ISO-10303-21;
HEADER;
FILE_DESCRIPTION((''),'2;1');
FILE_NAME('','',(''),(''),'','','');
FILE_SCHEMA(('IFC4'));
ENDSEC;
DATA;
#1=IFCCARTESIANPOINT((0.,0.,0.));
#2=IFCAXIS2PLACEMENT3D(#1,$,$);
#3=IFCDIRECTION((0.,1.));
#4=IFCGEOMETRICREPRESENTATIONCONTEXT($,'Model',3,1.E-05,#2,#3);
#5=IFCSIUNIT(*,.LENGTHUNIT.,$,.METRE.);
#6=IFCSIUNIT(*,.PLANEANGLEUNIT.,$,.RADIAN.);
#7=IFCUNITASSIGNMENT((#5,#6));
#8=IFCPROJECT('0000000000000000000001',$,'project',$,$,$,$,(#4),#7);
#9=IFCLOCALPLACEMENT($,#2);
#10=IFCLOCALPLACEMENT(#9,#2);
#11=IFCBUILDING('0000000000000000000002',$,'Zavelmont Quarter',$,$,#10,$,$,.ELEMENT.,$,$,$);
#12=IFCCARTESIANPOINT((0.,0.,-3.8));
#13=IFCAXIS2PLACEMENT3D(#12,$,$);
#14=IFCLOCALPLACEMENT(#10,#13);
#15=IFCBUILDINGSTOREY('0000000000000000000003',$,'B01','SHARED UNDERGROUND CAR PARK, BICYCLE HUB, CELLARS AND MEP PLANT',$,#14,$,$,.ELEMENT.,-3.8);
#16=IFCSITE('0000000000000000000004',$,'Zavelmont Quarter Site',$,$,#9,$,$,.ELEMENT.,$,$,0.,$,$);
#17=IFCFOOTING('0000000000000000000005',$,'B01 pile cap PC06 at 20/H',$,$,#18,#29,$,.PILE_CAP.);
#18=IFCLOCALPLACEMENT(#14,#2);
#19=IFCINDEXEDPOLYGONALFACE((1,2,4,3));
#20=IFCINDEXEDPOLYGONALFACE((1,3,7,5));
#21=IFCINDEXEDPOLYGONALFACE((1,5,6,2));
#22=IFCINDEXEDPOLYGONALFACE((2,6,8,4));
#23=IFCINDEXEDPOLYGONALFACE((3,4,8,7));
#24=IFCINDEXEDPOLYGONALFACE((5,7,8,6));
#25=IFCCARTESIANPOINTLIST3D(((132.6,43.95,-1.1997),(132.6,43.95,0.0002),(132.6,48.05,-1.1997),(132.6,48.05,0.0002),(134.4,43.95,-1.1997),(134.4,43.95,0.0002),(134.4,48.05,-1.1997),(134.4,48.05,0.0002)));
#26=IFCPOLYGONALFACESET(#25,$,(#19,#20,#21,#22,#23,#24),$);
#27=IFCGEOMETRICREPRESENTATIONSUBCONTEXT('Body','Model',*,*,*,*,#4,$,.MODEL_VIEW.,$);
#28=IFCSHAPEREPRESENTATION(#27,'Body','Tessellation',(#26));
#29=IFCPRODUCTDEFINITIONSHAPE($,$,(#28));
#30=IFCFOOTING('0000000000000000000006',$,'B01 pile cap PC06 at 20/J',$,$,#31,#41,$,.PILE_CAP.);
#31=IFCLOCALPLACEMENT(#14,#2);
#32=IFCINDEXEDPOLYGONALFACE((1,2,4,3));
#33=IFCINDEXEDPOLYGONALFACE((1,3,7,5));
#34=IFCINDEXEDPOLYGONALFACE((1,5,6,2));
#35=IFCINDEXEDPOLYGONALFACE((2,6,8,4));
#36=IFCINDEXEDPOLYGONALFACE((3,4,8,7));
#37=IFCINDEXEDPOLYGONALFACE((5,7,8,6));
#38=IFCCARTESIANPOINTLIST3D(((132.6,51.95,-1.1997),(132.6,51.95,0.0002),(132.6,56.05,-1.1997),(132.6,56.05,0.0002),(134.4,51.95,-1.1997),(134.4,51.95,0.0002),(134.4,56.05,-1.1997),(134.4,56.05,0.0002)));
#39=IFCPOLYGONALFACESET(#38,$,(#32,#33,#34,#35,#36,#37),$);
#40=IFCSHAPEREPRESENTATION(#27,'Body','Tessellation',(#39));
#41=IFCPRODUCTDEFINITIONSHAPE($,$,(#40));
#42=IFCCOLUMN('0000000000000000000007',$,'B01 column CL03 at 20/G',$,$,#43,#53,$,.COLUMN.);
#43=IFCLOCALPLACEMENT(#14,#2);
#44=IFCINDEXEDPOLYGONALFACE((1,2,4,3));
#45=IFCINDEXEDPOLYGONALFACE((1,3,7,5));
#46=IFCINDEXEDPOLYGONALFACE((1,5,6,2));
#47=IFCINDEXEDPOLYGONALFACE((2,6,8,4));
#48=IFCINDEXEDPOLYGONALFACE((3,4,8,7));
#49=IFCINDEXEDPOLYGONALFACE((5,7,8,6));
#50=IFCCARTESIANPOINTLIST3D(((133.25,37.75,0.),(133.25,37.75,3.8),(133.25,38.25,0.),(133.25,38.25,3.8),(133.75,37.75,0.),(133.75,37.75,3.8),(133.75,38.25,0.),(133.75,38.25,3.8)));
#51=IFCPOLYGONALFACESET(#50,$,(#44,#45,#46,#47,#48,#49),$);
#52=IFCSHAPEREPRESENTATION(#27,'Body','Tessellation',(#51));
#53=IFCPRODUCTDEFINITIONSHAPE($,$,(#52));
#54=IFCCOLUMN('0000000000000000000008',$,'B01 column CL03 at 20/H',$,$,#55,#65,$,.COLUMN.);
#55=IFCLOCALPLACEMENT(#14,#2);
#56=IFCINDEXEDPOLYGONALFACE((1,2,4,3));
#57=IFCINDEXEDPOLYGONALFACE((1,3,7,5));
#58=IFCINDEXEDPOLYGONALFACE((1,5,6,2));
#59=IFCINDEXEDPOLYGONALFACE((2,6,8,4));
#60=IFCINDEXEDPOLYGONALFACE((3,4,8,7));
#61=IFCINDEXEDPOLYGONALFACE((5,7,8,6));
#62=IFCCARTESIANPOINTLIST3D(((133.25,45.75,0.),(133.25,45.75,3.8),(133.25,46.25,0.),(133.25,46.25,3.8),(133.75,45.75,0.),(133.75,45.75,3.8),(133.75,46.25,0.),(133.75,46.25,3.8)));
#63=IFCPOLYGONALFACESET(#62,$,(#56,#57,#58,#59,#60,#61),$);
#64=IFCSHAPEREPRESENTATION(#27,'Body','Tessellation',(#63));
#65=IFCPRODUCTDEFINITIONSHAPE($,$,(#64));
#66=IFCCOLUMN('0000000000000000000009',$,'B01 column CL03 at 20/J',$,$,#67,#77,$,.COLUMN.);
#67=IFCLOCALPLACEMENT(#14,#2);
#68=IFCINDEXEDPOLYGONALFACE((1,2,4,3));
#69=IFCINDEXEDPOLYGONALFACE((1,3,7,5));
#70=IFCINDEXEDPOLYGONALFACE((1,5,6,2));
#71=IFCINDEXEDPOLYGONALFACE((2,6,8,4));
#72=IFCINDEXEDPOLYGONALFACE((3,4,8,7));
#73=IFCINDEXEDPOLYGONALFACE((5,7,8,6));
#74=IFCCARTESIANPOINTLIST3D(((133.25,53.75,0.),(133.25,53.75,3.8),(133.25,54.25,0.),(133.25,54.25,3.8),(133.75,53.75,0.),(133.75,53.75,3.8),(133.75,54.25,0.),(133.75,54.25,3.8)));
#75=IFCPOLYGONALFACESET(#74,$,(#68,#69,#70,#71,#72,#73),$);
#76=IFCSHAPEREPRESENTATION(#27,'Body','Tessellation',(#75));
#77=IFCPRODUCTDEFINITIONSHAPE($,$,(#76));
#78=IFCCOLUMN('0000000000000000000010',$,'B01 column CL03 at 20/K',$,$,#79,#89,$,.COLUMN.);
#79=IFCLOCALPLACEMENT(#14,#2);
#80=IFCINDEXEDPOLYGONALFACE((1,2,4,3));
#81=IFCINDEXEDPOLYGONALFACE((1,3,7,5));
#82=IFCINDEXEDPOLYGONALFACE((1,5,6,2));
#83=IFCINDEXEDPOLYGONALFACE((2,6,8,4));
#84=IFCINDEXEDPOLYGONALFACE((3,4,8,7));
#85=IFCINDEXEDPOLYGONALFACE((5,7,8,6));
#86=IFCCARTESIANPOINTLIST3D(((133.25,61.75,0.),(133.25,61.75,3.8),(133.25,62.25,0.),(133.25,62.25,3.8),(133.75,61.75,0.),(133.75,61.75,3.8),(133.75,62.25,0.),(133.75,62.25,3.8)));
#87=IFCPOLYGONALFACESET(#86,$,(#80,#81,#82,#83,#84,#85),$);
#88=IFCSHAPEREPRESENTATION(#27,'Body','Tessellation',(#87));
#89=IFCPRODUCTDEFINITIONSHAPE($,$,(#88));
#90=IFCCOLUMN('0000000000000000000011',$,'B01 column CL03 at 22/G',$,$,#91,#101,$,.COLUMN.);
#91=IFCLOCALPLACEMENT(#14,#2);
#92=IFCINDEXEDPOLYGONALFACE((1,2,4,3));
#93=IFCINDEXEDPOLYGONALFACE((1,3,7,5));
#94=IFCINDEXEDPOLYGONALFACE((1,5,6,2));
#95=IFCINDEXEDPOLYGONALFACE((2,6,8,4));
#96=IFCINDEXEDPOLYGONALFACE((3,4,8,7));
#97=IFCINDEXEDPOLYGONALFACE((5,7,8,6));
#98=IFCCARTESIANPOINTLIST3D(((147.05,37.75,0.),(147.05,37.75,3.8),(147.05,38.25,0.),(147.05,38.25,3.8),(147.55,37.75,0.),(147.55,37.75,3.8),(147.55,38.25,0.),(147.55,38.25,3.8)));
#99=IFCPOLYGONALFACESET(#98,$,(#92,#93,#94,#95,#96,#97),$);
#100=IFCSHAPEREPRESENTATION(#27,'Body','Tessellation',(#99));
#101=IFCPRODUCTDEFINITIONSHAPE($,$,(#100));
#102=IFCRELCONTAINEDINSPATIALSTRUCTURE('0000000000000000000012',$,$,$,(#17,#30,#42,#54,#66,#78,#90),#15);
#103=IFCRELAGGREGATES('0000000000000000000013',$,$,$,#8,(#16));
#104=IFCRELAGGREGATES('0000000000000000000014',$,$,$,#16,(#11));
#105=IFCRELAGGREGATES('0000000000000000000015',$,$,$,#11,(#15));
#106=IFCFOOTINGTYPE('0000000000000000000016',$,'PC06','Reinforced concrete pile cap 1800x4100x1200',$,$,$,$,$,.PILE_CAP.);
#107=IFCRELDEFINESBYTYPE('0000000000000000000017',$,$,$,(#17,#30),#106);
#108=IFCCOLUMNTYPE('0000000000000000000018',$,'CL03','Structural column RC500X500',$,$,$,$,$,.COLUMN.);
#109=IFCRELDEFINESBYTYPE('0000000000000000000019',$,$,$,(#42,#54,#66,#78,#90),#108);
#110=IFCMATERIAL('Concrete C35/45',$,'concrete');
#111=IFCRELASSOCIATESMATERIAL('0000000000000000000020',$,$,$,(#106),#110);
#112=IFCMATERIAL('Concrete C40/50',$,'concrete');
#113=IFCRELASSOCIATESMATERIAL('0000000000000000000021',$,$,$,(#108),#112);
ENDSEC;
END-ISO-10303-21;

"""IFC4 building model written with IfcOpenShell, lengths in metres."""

from ifc_helpers import new_model, si_unit, direction, frame, origin, origin_2d, place, context, subcontext, project, spatial, rectangle, extrude, material, material_profile, profile_set, type_object, element, save


model = new_model("IFC4")

# Units and contexts
model_context = context("Model", 3, precision=1e-05, world=origin(), true_north=direction((0.0, 1.0)))
body_context = subcontext(model_context, "Body", "Model", "MODEL_VIEW")
ifc_project = project(units=[si_unit("LENGTHUNIT", "METRE"), si_unit("PLANEANGLEUNIT", "RADIAN")], contexts=[model_context])

# Site, building, storey
site_placement = place(None, origin())
site = spatial("IfcSite", under=ifc_project, at=site_placement, Name="Zavelmont Quarter Site", CompositionType="ELEMENT", RefElevation=0.0)
building_placement = place(site_placement, origin())
building = spatial("IfcBuilding", under=site, at=building_placement, Name="Zavelmont Quarter", CompositionType="ELEMENT")
storey_placement = place(building_placement, frame((0.0, 0.0, -3.8)))
storey = spatial("IfcBuildingStorey", under=building, at=storey_placement, Name="B01", Description="SHARED UNDERGROUND CAR PARK, BICYCLE HUB, CELLARS AND MEP PLANT", CompositionType="ELEMENT", Elevation=-3.8)

# Shared definitions
ifc_material_1 = material(Name="Concrete C35/45", Category="concrete")

# Footings
footing_type_1 = type_object("IfcFootingType", Name="PC06", Description="Reinforced concrete pile cap 1800x4100x1200", PredefinedType="PILE_CAP", material=ifc_material_1)
for number, where, z_axis, x_axis, name in (
    (1, (133.5, 46.0, -1.1997), (0.0, 0.0, 1.0), (1.0, 0.0, 0.0), "B01 pile cap PC06 at 20/H"),
    (2, (133.5, 54.0, -1.1997), (0.0, 0.0, 1.0), (1.0, 0.0, 0.0), "B01 pile cap PC06 at 20/J"),
):
    element("IfcFooting", number, at=place(storey_placement, frame(where, z_axis=z_axis, x_axis=x_axis)), inside=storey, type_object=footing_type_1, Name=name, PredefinedType="PILE_CAP", context=body_context, shape_type="SweptSolid", body=[
        extrude(rectangle(XDim=1.8, YDim=4.1001, at=origin_2d()), origin(), (0.0, 0.0, 1.0), 1.2),
    ])

# Columns
ifc_material_2 = material(Name="Concrete C40/50", Category="concrete")
ifc_material_profile_1 = material_profile(ifc_material_2, rectangle(XDim=0.5, YDim=0.5, at=origin_2d()), Name="RC500X500")
ifc_profile_set_1 = profile_set([ifc_material_profile_1], Name="Concrete C40/50")
column_type = type_object("IfcColumnType", Name="CL03", Description="Structural column RC500X500", PredefinedType="COLUMN", material=ifc_profile_set_1)
for number, where, z_axis, x_axis, name in (
    (3, (133.5, 38.0, 0.0), (0.0, 0.0, 1.0), (1.0, 0.0, 0.0), "B01 column CL03 at 20/G"),
    (4, (133.5, 46.0, 0.0), (0.0, 0.0, 1.0), (1.0, 0.0, 0.0), "B01 column CL03 at 20/H"),
    (5, (133.5, 54.0, 0.0), (0.0, 0.0, 1.0), (1.0, 0.0, 0.0), "B01 column CL03 at 20/J"),
    (6, (133.5, 62.0, 0.0), (0.0, 0.0, 1.0), (1.0, 0.0, 0.0), "B01 column CL03 at 20/K"),
    (7, (147.3, 38.0, 0.0), (0.0, 0.0, 1.0), (1.0, 0.0, 0.0), "B01 column CL03 at 22/G"),
):
    element("IfcColumn", number, at=place(storey_placement, frame(where, z_axis=z_axis, x_axis=x_axis)), inside=storey, type_object=column_type, Name=name, PredefinedType="COLUMN", context=body_context, shape_type="SweptSolid", body=[
        extrude(rectangle(XDim=0.5, YDim=0.5, at=origin_2d()), origin(), (0.0, 0.0, 1.0), 3.8),
    ])

save(model, "model.ifc")
